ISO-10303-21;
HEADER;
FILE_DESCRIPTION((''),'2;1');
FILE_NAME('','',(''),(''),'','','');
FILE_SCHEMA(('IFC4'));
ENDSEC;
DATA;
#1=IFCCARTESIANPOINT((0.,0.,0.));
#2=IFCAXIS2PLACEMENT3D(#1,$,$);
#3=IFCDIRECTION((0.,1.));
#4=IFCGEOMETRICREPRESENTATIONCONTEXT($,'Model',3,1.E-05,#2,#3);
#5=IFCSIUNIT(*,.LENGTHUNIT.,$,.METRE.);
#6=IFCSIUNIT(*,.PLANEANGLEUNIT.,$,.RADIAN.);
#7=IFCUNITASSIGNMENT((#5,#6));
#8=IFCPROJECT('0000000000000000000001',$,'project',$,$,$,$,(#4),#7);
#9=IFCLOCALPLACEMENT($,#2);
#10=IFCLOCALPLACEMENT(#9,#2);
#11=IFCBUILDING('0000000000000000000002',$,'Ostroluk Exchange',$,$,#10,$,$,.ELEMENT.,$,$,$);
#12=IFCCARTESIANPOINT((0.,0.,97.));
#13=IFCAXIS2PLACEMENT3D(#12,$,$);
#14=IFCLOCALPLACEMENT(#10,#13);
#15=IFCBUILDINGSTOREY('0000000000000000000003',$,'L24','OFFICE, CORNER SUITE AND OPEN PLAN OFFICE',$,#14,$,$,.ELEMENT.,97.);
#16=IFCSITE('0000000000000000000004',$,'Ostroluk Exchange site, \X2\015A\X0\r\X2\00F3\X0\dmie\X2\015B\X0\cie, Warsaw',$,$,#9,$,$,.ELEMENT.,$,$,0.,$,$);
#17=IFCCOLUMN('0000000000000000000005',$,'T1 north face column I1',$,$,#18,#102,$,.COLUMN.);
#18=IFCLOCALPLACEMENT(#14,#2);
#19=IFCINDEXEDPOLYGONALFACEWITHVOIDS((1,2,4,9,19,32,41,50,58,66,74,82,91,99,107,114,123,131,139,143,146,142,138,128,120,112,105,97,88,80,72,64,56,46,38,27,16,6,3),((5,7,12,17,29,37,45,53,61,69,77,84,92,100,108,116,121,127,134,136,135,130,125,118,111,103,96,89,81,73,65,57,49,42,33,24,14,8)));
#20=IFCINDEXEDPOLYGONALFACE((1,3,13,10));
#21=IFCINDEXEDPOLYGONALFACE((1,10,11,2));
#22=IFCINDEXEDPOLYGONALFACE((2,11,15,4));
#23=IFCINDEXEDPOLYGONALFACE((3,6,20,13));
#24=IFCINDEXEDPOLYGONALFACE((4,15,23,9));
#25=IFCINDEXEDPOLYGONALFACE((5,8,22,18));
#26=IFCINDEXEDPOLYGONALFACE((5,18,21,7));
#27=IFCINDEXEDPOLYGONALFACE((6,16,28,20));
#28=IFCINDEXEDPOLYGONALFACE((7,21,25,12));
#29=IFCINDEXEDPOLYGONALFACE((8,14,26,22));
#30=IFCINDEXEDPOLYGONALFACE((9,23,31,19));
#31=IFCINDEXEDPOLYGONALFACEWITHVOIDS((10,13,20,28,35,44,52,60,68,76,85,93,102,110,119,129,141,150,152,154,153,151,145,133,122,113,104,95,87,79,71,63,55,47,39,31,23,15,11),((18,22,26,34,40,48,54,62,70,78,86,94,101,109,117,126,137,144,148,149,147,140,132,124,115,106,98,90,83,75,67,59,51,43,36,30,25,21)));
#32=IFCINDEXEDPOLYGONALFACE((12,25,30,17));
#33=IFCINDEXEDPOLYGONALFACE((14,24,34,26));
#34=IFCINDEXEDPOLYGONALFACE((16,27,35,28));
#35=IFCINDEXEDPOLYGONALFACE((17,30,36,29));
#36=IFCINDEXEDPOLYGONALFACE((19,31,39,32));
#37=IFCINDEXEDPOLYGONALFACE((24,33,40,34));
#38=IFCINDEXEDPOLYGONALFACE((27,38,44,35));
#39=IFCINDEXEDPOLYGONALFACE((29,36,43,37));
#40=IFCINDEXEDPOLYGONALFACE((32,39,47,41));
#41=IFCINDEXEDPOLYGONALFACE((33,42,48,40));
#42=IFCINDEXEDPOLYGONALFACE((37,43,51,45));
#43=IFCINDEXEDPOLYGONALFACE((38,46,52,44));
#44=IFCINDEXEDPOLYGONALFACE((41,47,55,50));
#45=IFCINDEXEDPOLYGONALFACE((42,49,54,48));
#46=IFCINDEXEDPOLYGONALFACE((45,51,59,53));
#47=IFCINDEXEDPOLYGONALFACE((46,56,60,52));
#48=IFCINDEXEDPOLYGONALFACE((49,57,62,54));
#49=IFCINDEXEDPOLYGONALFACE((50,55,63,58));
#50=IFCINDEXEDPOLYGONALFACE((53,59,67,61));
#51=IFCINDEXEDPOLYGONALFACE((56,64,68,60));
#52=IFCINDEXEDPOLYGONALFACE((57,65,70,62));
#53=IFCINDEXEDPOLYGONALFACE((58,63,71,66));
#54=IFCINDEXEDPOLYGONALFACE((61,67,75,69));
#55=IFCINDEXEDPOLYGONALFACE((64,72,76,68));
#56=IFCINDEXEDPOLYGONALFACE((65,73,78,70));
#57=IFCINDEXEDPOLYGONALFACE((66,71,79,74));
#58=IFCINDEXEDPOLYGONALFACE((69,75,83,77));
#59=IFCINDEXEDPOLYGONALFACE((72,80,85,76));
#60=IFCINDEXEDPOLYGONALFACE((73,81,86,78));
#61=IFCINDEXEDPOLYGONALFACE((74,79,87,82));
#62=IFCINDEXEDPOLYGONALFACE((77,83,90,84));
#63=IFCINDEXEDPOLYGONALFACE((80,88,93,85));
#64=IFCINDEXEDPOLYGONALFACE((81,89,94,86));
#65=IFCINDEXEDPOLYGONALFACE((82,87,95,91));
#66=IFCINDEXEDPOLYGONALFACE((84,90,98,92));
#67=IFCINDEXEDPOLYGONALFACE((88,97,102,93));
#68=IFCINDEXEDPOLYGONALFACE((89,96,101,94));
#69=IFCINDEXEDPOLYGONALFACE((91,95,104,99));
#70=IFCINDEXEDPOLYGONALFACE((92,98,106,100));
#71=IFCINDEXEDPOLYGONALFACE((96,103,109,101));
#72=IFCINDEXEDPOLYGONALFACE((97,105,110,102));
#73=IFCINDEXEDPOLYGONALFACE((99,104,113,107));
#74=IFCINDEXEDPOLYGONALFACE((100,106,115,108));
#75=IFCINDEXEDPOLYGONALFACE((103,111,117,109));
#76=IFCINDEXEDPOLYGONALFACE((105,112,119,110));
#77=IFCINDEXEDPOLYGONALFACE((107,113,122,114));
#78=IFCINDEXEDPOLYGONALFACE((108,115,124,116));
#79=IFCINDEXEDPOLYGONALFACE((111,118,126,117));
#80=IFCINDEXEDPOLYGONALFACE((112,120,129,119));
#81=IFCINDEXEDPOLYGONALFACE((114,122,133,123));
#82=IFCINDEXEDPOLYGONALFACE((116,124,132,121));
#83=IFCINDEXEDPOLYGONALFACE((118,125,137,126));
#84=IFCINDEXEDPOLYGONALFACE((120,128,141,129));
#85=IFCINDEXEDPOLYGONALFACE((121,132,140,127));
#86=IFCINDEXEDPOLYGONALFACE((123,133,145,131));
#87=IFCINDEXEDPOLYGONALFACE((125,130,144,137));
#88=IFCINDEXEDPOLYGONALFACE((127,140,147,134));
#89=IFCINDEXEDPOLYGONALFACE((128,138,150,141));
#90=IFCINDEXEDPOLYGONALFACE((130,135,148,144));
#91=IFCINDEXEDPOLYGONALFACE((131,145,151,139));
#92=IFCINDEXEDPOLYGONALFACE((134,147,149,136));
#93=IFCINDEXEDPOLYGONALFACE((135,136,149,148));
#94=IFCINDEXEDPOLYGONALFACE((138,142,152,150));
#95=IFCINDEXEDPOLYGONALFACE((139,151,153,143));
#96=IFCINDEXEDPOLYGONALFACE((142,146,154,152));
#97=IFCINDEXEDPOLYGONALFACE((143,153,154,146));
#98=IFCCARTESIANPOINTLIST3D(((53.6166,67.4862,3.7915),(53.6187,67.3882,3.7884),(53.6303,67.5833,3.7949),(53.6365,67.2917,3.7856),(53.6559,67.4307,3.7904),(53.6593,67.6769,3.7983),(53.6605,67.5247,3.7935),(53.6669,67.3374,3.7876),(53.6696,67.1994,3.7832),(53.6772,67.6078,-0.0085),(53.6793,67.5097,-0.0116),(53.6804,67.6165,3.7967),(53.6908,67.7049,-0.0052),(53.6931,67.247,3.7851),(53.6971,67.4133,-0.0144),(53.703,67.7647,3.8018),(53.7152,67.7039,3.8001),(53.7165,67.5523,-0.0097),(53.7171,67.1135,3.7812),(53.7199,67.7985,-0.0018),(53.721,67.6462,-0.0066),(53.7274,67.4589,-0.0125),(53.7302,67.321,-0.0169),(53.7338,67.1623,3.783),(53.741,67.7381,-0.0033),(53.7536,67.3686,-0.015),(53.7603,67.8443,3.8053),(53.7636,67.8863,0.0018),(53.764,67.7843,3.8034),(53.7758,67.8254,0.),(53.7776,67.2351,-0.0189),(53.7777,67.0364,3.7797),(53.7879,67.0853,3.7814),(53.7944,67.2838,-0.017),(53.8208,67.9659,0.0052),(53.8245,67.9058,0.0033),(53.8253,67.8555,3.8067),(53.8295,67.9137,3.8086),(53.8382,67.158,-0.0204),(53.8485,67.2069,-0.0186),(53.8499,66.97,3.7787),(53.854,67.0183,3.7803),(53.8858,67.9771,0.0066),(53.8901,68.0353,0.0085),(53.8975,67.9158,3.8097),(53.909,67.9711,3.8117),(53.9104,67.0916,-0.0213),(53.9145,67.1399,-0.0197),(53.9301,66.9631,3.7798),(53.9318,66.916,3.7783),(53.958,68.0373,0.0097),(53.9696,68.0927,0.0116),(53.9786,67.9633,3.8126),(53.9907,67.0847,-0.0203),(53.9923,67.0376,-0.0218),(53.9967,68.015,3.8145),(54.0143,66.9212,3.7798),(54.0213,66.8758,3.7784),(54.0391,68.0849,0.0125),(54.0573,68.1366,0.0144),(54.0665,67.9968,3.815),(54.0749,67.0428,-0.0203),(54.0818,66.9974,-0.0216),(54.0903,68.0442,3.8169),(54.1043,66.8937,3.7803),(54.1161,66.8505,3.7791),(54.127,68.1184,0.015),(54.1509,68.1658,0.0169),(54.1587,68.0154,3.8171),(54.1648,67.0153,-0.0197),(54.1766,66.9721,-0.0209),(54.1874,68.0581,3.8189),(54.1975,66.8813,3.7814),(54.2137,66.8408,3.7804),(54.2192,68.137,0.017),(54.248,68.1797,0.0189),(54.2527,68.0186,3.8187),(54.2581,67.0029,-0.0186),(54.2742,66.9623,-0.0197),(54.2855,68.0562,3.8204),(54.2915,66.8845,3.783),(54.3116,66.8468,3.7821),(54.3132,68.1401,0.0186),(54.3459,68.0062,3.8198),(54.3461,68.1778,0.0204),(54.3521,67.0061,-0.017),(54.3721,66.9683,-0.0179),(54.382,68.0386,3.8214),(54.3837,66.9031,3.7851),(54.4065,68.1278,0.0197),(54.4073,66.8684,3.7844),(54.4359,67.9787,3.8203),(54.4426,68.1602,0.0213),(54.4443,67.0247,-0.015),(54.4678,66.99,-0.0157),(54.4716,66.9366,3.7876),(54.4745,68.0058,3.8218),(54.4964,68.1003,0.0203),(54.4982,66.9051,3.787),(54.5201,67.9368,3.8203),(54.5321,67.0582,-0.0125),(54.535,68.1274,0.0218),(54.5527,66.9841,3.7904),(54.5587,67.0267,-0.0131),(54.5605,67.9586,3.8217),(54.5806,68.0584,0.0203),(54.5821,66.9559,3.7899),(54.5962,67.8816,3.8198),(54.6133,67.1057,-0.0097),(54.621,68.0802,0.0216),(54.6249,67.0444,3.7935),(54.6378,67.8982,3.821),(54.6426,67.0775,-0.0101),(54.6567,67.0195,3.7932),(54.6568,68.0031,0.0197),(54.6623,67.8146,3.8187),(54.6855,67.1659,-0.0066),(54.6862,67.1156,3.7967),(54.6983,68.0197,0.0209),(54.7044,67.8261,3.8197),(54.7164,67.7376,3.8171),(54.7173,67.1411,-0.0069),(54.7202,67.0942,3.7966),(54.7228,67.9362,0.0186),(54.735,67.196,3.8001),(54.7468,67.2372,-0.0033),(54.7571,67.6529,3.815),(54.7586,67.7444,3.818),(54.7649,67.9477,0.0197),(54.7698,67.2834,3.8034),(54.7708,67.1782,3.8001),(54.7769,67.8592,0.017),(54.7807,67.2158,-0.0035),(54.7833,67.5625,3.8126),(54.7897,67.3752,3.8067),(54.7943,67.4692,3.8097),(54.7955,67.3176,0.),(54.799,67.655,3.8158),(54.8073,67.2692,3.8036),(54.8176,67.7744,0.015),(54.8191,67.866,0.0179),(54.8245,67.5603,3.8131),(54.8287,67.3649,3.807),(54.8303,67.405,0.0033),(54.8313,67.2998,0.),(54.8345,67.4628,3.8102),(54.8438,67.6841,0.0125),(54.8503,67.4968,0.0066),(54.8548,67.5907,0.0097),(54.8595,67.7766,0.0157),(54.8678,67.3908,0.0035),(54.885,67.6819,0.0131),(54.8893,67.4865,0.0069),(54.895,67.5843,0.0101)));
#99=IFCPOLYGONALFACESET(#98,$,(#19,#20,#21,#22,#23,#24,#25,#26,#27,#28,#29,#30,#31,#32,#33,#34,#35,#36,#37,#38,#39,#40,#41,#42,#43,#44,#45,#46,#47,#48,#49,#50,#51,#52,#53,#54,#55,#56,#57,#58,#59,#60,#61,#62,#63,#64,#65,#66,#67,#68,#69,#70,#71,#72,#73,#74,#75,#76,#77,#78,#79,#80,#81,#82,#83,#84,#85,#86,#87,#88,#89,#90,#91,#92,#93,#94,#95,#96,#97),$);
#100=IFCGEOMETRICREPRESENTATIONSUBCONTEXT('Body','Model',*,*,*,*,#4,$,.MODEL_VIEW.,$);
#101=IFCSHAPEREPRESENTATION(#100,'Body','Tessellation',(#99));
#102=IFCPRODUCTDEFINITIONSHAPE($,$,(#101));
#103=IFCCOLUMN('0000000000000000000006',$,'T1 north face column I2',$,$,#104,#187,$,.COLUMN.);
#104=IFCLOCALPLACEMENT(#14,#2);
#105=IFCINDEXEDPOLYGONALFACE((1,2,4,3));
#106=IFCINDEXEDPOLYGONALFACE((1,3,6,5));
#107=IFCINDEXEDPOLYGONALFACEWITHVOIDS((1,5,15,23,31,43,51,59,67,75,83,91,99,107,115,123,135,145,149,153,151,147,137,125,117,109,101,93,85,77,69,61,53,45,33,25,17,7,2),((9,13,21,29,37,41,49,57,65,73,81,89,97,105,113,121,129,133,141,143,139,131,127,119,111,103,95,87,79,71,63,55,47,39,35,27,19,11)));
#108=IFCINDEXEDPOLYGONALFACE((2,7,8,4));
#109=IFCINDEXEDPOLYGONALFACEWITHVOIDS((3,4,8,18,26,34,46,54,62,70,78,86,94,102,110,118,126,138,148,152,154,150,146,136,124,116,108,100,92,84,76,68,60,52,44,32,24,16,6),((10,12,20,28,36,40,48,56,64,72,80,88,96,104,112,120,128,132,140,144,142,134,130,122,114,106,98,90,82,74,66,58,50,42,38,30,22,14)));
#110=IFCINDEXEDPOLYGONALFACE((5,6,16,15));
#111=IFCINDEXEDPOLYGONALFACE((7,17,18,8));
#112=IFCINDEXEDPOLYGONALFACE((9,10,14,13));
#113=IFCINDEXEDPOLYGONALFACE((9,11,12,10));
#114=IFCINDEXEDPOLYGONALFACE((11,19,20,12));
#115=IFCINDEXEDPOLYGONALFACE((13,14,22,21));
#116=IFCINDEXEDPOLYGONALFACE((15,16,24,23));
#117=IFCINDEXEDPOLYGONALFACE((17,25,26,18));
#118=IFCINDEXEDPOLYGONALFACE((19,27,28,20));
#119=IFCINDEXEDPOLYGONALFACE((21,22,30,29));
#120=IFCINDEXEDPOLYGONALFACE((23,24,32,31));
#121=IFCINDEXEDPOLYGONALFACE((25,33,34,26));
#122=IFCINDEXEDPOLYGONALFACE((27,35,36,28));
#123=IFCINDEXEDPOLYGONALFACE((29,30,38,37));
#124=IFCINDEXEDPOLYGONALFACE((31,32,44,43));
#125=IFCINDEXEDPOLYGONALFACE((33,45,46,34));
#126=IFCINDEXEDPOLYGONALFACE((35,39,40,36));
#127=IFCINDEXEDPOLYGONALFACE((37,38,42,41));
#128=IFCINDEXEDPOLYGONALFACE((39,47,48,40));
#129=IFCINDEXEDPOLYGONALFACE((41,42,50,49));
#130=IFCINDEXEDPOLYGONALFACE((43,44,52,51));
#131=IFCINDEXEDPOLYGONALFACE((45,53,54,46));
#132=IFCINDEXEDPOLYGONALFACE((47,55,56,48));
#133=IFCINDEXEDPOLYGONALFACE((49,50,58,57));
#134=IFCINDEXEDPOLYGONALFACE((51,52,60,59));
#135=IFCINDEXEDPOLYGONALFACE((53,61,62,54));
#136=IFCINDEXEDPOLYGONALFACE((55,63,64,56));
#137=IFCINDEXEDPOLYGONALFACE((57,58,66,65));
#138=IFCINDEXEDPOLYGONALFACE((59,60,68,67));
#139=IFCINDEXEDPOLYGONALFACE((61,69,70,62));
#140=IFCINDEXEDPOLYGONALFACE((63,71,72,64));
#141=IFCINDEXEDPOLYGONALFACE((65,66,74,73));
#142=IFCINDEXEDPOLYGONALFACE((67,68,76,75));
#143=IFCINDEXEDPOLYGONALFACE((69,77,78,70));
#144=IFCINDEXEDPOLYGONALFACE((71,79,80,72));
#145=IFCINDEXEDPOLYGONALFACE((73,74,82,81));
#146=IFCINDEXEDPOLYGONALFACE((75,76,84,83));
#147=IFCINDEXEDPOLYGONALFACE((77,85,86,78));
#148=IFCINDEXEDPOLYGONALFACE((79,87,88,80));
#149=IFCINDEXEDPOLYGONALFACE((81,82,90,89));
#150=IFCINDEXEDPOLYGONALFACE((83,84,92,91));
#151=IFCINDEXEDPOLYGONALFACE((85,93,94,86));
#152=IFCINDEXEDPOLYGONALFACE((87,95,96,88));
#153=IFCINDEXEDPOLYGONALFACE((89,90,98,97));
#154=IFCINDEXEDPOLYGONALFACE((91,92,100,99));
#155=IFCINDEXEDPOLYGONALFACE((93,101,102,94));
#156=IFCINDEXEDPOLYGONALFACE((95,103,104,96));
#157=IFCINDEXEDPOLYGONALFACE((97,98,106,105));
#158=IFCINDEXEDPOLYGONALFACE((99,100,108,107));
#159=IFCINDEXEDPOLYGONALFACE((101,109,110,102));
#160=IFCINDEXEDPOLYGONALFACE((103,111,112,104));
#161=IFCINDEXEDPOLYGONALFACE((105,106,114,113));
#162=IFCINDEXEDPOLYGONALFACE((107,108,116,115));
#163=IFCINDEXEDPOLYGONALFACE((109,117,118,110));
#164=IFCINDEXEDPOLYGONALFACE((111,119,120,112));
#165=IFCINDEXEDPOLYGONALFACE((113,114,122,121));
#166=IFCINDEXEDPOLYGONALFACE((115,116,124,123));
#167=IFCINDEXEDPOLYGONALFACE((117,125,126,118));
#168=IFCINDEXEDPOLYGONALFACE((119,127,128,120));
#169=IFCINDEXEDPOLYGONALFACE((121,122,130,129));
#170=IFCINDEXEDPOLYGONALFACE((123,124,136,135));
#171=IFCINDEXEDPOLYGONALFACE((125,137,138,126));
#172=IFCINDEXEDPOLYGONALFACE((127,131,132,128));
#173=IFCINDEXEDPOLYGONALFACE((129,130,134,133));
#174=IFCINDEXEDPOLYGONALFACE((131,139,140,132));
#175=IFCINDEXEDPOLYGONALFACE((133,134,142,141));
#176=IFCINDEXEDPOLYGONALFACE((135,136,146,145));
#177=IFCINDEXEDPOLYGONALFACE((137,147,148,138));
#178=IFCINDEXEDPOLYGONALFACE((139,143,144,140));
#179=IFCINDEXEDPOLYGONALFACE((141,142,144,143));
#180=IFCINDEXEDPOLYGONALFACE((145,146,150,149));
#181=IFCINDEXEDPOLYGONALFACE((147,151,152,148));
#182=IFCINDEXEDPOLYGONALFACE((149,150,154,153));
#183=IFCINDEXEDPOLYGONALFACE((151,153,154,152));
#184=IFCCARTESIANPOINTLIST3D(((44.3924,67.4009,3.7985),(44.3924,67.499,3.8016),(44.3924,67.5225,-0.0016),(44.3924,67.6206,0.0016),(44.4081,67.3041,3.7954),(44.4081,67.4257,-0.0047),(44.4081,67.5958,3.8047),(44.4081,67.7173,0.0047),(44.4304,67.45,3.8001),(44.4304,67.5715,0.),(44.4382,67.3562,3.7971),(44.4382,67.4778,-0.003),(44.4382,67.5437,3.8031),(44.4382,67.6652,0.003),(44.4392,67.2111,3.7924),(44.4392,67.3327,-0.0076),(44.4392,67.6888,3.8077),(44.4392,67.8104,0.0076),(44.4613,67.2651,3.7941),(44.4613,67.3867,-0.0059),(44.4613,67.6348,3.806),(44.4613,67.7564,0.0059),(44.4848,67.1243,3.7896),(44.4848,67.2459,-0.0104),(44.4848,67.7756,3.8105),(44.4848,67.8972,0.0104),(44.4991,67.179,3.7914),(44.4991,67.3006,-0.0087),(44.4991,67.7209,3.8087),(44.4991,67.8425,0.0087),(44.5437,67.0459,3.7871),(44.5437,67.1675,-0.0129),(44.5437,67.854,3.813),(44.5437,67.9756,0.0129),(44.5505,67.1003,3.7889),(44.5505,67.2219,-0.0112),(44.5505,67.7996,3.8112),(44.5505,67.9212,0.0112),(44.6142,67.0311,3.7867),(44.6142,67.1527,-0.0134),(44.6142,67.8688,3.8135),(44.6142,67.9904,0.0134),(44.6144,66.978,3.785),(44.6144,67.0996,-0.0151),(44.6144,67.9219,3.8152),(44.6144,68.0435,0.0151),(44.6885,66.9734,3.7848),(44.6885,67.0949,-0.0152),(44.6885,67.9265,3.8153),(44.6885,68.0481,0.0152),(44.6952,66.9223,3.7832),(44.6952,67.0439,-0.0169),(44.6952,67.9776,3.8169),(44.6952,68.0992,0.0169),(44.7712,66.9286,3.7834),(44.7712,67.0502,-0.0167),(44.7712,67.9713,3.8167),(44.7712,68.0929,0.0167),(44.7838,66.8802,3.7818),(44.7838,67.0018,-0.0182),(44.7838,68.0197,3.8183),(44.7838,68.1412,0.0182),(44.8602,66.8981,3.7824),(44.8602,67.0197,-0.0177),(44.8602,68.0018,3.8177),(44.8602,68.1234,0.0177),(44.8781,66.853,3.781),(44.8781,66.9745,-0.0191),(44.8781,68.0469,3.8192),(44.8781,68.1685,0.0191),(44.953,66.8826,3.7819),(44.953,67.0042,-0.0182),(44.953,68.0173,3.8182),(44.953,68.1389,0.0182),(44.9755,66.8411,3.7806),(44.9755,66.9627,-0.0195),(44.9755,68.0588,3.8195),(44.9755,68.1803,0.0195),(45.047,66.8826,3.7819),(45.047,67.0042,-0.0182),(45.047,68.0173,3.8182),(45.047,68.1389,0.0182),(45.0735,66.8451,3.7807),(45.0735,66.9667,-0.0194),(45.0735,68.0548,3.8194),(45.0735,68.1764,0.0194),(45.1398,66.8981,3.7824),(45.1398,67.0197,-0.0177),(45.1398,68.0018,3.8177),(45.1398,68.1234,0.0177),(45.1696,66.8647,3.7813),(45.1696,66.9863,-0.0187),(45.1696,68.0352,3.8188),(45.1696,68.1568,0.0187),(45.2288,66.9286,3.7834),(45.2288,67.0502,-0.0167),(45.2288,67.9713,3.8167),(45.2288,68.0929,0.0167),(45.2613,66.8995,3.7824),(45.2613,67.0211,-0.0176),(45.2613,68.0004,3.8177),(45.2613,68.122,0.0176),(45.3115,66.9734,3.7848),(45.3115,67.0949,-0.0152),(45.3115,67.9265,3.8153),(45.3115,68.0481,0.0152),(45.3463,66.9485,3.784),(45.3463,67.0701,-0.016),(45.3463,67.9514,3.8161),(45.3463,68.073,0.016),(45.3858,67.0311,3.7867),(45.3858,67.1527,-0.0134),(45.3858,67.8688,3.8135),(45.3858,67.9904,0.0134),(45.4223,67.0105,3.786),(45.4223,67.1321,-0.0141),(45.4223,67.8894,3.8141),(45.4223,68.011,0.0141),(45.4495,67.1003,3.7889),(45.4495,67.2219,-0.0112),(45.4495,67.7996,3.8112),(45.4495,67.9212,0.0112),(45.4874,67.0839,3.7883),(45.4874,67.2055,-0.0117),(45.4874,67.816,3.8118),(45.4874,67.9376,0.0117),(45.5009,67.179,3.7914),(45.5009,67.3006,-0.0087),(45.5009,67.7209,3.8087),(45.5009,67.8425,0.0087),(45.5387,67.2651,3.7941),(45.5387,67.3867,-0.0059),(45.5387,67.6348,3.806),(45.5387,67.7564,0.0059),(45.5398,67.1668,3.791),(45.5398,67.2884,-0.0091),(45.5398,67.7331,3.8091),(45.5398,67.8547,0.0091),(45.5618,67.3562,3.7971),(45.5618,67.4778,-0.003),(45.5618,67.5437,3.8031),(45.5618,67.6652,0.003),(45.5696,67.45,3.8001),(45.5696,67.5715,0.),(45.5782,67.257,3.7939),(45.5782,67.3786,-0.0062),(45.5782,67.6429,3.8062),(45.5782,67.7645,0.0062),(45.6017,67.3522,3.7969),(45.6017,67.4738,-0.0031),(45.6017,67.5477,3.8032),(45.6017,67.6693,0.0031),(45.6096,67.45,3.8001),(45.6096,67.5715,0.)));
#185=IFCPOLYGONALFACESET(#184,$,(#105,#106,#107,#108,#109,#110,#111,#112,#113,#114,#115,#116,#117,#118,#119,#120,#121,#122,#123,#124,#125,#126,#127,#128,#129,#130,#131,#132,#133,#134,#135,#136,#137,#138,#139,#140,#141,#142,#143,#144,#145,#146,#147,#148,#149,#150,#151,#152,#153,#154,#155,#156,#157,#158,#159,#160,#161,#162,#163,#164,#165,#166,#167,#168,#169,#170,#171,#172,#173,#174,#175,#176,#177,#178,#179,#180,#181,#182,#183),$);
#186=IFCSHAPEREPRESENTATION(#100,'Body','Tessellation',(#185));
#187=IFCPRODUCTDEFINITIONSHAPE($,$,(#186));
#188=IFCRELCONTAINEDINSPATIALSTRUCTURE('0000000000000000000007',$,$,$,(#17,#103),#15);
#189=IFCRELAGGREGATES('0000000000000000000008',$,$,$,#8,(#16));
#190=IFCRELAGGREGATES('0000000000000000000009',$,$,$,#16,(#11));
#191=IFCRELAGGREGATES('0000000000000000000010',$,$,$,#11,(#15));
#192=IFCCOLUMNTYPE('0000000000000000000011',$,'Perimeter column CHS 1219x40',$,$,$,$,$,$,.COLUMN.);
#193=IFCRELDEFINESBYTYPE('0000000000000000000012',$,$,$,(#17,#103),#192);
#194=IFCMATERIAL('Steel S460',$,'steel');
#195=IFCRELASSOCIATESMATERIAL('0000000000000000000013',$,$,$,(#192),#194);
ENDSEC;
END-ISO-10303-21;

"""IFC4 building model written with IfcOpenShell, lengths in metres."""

from ifc_helpers import new_model, si_unit, direction, frame, origin, origin_2d, place, context, subcontext, project, spatial, hollow_circle, extrude, material, material_profile, profile_set, type_object, element, save


model = new_model("IFC4")

# Units and contexts
model_context = context("Model", 3, precision=1e-05, world=origin(), true_north=direction((0.0, 1.0)))
body_context = subcontext(model_context, "Body", "Model", "MODEL_VIEW")
ifc_project = project(units=[si_unit("LENGTHUNIT", "METRE"), si_unit("PLANEANGLEUNIT", "RADIAN")], contexts=[model_context])

# Site, building, storey
site_placement = place(None, origin())
site = spatial("IfcSite", under=ifc_project, at=site_placement, Name="Ostroluk Exchange site, Śródmieście, Warsaw", CompositionType="ELEMENT", RefElevation=0.0)
building_placement = place(site_placement, origin())
building = spatial("IfcBuilding", under=site, at=building_placement, Name="Ostroluk Exchange", CompositionType="ELEMENT")
storey_placement = place(building_placement, frame((0.0, 0.0, 97.0)))
storey = spatial("IfcBuildingStorey", under=building, at=storey_placement, Name="L24", Description="OFFICE, CORNER SUITE AND OPEN PLAN OFFICE", CompositionType="ELEMENT", Elevation=97.0)

# Columns
ifc_material_1 = material(Name="Steel S460", Category="steel")
ifc_material_profile_1 = material_profile(ifc_material_1, hollow_circle(Radius=0.6096, WallThickness=0.04, at=origin_2d()), Name="CHS 1219x40")
ifc_profile_set_1 = profile_set([ifc_material_profile_1], Name="Steel S460")
column_type = type_object("IfcColumnType", Name="Perimeter column CHS 1219x40", PredefinedType="COLUMN", material=ifc_profile_set_1)
column_1_placement = place(storey_placement, frame((54.2856, 67.5715, 0.0), z_axis=(-0.015923, -0.031974, 0.999362), x_axis=(0.895145, -0.445775, 0.0)))
element("IfcColumn", 1, at=column_1_placement, inside=storey, type_object=column_type, Name="T1 north face column I1", PredefinedType="COLUMN", context=body_context, shape_type="SweptSolid", body=[
    extrude(hollow_circle(Radius=0.6096, WallThickness=0.04, at=origin_2d()), origin(), (0.0, 0.0, 1.0), 3.8025),
])
column_2_placement = place(storey_placement, frame((45.0, 67.5715, 0.0), z_axis=(0.0, -0.031978, 0.999489), x_axis=(1.0, 0.0, 0.0)))
element("IfcColumn", 2, at=column_2_placement, inside=storey, type_object=column_type, Name="T1 north face column I2", PredefinedType="COLUMN", context=body_context, shape_type="SweptSolid", body=[
    extrude(hollow_circle(Radius=0.6096, WallThickness=0.04, at=origin_2d()), origin(), (0.0, 0.0, 1.0), 3.802),
])

save(model, "model.ifc")
